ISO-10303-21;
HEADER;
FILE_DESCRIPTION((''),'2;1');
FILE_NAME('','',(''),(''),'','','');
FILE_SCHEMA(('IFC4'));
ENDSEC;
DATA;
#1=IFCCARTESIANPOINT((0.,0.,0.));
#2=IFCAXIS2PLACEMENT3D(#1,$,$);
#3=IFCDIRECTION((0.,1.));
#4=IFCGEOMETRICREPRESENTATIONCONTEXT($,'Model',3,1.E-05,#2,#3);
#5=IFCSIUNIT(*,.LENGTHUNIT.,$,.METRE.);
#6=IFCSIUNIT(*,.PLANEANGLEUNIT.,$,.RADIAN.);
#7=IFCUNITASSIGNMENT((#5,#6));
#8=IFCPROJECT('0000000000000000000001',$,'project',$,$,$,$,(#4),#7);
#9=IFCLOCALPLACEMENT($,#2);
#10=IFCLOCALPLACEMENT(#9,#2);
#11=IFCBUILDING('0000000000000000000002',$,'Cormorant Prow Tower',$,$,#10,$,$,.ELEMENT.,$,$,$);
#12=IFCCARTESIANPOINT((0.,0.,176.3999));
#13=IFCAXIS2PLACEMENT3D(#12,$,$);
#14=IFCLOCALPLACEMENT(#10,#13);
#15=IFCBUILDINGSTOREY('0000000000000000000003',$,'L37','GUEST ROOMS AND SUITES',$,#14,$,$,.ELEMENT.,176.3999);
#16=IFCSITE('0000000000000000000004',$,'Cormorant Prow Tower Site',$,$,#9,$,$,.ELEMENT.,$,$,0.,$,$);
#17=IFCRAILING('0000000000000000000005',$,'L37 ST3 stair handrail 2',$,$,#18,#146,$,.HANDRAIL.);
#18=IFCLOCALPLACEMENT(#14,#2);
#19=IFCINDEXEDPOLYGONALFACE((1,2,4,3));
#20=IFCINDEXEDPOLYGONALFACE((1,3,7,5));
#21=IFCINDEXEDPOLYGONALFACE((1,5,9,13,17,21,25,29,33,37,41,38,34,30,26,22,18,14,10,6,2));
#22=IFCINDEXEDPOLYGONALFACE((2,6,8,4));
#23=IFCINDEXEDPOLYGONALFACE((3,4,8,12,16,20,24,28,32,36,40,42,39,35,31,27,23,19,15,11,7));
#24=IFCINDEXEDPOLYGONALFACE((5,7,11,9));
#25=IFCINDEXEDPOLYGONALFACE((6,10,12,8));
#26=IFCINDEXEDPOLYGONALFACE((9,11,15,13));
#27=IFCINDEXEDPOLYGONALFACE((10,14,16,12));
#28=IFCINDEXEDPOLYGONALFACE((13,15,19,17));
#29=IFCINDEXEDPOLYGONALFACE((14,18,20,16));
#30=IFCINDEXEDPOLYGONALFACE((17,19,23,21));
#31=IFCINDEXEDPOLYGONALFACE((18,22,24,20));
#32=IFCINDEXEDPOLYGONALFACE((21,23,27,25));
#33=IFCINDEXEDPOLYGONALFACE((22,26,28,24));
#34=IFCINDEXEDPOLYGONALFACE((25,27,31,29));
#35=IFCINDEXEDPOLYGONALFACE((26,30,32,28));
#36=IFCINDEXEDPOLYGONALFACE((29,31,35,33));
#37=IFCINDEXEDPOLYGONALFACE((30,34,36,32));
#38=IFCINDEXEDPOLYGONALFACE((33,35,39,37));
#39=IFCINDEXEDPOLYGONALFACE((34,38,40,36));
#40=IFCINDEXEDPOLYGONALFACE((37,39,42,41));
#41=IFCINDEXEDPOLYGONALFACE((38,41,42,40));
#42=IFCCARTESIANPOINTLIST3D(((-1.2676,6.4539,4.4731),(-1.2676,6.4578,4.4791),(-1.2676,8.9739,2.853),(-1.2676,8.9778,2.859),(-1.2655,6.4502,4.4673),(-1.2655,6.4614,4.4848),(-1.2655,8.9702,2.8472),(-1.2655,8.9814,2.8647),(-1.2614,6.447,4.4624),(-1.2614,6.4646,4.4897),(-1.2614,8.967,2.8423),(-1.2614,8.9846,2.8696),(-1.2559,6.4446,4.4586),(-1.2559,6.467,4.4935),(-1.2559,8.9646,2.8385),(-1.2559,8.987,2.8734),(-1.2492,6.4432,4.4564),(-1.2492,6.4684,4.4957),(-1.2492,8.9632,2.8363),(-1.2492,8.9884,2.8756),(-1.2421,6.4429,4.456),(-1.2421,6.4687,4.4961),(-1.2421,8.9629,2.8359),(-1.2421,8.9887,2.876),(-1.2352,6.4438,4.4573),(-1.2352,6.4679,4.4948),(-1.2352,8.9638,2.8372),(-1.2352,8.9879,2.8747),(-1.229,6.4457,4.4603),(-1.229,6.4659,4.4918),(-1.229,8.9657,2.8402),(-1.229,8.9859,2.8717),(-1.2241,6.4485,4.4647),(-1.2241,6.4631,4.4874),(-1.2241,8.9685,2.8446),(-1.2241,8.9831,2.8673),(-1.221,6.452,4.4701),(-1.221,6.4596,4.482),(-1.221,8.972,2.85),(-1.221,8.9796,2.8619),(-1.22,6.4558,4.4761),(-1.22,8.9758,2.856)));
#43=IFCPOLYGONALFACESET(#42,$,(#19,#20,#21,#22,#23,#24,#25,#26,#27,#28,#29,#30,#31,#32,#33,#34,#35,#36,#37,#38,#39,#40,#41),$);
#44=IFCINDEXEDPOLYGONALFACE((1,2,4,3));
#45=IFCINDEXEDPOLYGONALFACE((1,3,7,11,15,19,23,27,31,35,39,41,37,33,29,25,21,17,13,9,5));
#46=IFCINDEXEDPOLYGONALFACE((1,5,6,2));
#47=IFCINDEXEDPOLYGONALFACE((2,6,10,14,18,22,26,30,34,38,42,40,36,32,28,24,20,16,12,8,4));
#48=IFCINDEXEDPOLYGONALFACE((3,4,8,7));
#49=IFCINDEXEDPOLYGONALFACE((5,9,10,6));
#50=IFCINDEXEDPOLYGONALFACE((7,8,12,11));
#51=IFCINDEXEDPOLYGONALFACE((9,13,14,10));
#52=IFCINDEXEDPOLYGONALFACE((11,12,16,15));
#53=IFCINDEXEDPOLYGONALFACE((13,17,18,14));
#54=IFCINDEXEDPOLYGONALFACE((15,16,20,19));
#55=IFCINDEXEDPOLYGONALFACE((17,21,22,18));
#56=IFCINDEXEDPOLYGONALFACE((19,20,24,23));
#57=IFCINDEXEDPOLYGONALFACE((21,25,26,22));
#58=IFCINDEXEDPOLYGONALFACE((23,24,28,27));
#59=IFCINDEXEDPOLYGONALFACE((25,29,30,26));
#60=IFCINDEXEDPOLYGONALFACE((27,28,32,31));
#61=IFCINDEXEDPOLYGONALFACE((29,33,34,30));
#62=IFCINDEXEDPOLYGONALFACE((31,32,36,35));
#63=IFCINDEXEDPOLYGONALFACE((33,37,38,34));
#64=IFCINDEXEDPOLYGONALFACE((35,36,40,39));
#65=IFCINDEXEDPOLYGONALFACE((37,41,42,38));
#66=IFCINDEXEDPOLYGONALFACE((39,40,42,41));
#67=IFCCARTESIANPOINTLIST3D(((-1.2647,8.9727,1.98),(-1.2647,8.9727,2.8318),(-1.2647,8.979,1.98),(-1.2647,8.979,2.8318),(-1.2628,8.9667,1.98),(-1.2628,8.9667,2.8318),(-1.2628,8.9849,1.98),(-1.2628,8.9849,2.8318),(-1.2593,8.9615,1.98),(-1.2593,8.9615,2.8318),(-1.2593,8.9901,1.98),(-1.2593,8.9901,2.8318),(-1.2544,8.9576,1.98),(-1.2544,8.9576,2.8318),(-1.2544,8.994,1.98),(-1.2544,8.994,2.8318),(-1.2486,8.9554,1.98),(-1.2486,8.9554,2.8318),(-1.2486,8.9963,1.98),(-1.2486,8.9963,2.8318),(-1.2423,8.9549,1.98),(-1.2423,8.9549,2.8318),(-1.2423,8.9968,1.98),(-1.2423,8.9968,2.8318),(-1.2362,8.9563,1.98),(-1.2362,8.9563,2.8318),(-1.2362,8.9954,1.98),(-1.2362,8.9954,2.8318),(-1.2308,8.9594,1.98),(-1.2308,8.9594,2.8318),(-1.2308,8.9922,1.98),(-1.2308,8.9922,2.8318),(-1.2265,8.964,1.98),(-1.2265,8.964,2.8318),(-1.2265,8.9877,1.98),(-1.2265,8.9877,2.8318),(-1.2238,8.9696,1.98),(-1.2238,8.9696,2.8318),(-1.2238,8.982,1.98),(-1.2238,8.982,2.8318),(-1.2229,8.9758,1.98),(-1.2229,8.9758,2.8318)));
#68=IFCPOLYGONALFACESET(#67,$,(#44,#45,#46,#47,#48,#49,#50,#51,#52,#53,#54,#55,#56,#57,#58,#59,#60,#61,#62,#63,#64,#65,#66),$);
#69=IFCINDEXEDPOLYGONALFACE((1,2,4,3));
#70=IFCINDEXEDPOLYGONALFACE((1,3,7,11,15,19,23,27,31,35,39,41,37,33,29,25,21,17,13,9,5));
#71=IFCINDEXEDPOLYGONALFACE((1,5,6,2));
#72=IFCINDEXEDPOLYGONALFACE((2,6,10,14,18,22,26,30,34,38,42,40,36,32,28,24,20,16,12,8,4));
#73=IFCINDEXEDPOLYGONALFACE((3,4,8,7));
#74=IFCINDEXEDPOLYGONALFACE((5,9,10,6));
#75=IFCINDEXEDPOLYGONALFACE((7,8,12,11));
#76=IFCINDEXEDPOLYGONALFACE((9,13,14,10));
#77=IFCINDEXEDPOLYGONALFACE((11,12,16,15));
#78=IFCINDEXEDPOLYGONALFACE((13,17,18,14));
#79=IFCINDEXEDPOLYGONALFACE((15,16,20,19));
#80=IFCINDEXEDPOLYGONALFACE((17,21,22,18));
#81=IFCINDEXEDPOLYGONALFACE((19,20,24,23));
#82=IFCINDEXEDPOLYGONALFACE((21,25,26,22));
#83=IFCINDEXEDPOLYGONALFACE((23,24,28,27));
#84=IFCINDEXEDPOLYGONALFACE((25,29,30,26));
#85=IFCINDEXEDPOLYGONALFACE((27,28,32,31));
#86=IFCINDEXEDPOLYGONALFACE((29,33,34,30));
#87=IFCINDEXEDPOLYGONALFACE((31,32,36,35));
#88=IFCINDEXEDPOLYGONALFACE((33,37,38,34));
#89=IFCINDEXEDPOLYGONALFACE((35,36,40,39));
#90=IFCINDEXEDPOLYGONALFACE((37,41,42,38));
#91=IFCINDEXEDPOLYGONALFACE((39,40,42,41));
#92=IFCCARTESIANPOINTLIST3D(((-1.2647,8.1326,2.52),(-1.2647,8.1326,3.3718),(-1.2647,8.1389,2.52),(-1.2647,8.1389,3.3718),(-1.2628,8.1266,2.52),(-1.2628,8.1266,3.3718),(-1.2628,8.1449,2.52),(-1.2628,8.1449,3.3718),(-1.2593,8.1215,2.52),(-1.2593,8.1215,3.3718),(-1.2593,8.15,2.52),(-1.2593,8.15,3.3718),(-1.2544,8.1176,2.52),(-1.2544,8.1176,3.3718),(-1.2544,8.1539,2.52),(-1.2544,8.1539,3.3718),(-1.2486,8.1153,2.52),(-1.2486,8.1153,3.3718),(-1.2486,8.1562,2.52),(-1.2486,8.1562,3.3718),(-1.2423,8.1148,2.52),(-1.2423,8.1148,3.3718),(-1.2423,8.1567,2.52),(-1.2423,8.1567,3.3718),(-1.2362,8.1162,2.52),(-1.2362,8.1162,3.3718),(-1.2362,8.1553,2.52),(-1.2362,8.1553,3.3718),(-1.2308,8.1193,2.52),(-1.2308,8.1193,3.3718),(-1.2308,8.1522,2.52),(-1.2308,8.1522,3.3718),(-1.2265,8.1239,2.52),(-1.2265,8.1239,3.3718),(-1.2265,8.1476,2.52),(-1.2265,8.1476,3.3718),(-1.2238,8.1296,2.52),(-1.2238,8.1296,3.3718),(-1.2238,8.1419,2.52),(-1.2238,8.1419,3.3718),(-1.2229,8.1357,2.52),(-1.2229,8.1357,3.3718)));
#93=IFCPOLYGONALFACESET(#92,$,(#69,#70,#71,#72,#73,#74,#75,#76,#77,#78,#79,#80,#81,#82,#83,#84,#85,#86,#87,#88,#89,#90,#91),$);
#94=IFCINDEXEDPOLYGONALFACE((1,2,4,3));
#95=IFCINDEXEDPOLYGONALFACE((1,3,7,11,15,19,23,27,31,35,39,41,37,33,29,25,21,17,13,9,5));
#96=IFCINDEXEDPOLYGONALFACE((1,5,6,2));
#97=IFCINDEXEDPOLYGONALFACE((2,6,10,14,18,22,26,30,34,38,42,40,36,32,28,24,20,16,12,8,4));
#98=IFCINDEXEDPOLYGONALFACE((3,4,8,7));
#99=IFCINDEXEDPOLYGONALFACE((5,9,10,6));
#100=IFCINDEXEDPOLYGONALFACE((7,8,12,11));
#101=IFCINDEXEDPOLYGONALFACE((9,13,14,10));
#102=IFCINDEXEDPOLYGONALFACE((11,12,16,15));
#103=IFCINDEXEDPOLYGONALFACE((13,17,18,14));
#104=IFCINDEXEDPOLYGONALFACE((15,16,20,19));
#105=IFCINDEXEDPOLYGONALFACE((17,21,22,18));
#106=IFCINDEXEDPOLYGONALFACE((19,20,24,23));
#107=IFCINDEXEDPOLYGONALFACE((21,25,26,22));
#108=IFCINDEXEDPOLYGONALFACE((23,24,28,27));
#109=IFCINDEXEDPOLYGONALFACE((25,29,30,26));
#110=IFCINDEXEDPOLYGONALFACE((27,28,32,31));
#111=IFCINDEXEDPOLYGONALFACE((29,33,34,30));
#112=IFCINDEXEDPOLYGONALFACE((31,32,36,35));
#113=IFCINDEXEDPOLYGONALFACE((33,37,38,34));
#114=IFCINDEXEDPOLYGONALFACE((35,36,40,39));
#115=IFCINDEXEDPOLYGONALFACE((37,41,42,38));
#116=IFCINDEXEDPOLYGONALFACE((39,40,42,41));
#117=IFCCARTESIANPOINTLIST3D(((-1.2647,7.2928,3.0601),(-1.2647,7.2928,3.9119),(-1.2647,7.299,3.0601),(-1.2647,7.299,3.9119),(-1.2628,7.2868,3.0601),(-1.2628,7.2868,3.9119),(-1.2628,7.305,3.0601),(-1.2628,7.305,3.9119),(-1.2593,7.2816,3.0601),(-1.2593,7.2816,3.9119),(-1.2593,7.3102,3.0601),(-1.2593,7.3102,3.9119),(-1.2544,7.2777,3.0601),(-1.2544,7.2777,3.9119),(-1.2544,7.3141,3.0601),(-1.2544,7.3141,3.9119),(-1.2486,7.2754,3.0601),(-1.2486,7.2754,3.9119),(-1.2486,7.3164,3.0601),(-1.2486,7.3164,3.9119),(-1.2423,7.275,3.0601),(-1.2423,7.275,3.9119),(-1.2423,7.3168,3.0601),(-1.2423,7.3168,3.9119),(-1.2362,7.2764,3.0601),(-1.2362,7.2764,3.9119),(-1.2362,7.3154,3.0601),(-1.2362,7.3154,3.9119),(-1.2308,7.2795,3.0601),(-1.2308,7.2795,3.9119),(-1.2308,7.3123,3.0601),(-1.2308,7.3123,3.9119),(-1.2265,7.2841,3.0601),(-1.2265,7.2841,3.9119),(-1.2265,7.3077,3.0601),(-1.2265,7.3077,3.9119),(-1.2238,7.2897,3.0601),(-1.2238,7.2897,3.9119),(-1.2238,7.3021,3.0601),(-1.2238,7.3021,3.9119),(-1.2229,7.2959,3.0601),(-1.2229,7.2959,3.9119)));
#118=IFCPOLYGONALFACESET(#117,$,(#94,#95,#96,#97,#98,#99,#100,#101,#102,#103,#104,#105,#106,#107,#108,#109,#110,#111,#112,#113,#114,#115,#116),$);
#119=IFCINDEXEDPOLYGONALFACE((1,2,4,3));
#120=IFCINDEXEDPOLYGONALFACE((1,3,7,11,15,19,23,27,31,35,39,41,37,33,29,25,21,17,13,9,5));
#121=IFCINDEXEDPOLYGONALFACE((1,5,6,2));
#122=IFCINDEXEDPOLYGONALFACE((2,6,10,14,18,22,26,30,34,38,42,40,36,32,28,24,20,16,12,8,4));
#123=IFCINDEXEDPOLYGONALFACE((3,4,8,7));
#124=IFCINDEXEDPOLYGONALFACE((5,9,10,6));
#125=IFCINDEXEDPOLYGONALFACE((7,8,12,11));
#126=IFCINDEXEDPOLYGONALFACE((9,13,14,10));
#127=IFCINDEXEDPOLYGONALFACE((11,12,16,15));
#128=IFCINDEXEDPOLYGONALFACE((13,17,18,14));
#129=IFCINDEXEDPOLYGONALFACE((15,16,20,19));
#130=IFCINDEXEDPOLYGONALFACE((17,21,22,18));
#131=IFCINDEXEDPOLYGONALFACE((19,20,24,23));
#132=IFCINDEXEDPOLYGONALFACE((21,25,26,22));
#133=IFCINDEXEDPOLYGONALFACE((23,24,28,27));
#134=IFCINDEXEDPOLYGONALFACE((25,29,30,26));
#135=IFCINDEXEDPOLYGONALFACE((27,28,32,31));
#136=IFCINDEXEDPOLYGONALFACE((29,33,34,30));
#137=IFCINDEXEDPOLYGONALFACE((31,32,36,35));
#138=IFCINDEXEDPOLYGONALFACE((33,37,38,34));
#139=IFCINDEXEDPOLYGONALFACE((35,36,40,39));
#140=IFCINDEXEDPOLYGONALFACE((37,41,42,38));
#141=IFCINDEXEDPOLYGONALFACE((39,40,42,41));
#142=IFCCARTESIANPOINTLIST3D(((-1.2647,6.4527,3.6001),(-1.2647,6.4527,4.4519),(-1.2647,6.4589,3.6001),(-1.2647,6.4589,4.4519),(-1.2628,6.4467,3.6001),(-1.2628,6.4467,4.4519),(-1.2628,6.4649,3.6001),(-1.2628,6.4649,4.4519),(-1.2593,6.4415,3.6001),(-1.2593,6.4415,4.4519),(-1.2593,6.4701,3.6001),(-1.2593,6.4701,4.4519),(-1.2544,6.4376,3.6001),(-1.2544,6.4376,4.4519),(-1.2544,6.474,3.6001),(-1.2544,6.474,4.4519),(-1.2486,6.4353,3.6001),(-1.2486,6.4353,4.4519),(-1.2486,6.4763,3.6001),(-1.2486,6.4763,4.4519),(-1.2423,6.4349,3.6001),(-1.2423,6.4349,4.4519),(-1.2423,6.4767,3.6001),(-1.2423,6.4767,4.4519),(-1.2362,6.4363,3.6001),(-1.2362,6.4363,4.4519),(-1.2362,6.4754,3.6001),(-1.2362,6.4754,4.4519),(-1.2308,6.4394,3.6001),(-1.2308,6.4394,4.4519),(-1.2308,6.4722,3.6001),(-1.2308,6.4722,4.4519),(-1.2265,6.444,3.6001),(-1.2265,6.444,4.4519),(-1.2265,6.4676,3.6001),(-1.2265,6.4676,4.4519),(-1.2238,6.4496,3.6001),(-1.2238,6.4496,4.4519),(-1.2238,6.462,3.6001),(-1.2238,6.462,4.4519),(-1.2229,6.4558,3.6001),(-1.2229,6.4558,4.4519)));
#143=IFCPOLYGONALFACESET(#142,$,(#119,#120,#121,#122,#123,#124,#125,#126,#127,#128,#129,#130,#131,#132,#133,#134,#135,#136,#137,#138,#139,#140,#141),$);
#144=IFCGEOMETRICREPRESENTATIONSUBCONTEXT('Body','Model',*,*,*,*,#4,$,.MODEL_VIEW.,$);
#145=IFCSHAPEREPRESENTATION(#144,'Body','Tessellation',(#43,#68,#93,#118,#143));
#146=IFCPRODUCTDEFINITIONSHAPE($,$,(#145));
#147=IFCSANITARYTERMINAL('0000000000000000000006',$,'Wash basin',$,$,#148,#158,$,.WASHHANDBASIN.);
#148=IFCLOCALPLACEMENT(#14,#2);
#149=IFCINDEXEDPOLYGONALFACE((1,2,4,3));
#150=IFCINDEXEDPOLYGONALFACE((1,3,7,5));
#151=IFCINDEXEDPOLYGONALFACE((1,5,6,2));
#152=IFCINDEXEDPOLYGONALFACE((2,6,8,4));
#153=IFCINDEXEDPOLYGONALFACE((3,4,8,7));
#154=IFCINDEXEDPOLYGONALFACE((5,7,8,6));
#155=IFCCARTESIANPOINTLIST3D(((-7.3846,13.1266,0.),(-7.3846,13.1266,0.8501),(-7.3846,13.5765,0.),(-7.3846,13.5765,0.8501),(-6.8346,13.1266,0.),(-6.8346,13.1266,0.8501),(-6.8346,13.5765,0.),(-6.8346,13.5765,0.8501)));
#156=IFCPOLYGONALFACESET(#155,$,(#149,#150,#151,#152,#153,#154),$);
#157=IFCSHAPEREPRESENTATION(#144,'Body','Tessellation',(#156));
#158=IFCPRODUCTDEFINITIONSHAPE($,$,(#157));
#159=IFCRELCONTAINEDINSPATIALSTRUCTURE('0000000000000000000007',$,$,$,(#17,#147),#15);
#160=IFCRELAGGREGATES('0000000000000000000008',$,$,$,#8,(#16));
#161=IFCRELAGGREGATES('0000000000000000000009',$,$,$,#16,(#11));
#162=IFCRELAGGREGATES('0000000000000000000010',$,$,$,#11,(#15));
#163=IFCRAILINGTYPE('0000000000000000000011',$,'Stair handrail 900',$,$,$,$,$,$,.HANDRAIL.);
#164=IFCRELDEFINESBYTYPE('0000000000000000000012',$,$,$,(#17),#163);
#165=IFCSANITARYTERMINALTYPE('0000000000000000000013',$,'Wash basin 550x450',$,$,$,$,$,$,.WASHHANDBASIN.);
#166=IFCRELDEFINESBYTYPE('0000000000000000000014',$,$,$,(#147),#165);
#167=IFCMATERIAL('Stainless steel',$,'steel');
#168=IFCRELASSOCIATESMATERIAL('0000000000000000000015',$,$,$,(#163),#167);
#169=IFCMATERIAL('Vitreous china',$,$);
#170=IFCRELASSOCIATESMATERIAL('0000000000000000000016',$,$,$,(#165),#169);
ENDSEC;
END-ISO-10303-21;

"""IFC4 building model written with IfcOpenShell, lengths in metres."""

from ifc_helpers import new_model, si_unit, direction, frame, origin, origin_2d, place, context, subcontext, project, spatial, rectangle, circle, extrude, material, type_object, element, save


model = new_model("IFC4")

# Units and contexts
model_context = context("Model", 3, precision=1e-05, world=origin(), true_north=direction((0.0, 1.0)))
body_context = subcontext(model_context, "Body", "Model", "MODEL_VIEW")
ifc_project = project(units=[si_unit("LENGTHUNIT", "METRE"), si_unit("PLANEANGLEUNIT", "RADIAN")], contexts=[model_context])

# Site, building, storey
site_placement = place(None, origin())
site = spatial("IfcSite", under=ifc_project, at=site_placement, Name="Cormorant Prow Tower Site", CompositionType="ELEMENT", RefElevation=0.0)
building_placement = place(site_placement, origin())
building = spatial("IfcBuilding", under=site, at=building_placement, Name="Cormorant Prow Tower", CompositionType="ELEMENT")
storey_placement = place(building_placement, frame((0.0, 0.0, 176.3999)))
storey = spatial("IfcBuildingStorey", under=building, at=storey_placement, Name="L37", Description="GUEST ROOMS AND SUITES", CompositionType="ELEMENT", Elevation=176.3999)

# Railing
ifc_material_1 = material(Name="Stainless steel", Category="steel")
railing_type = type_object("IfcRailingType", Name="Stair handrail 900", PredefinedType="HANDRAIL", material=ifc_material_1)
railing_placement = place(storey_placement, frame((-1.2439, 8.9758, 1.98)))
element("IfcRailing", 1, at=railing_placement, inside=storey, type_object=railing_type, Name="L37 ST3 stair handrail 2", PredefinedType="HANDRAIL", context=body_context, shape_type="SweptSolid", body=[
    extrude(circle(Radius=0.0239, at=origin_2d()), frame((0.0, 0.0, 0.876), z_axis=(0.0, -0.841163, 0.540782), x_axis=(1.0, 0.0, 0.0)), (0.0, 0.0, 1.0), 2.9958),
    extrude(circle(Radius=0.021, at=origin_2d()), origin(), (0.0, 0.0, 1.0), 0.8518),
    extrude(circle(Radius=0.021, at=origin_2d()), frame((0.0, -0.8401, 0.54)), (0.0, 0.0, 1.0), 0.8518),
    extrude(circle(Radius=0.021, at=origin_2d()), frame((0.0, -1.6799, 1.0801)), (0.0, 0.0, 1.0), 0.8518),
    extrude(circle(Radius=0.021, at=origin_2d()), frame((0.0, -2.52, 1.6201)), (0.0, 0.0, 1.0), 0.8518),
])

# Sanitary terminal
ifc_material_2 = material(Name="Vitreous china")
sanitary_terminal_type = type_object("IfcSanitaryTerminalType", Name="Wash basin 550x450", PredefinedType="WASHHANDBASIN", material=ifc_material_2)
sanitary_terminal_placement = place(storey_placement, frame((-7.1096, 13.3516, 0.0), z_axis=(0.0, 0.0, 1.0), x_axis=(1.0, 0.0, 0.0)))
element("IfcSanitaryTerminal", 2, at=sanitary_terminal_placement, inside=storey, type_object=sanitary_terminal_type, Name="Wash basin", PredefinedType="WASHHANDBASIN", context=body_context, shape_type="SweptSolid", body=[
    extrude(rectangle(XDim=0.55, YDim=0.45, at=origin_2d()), origin(), (0.0, 0.0, 1.0), 0.8501),
])

save(model, "model.ifc")
